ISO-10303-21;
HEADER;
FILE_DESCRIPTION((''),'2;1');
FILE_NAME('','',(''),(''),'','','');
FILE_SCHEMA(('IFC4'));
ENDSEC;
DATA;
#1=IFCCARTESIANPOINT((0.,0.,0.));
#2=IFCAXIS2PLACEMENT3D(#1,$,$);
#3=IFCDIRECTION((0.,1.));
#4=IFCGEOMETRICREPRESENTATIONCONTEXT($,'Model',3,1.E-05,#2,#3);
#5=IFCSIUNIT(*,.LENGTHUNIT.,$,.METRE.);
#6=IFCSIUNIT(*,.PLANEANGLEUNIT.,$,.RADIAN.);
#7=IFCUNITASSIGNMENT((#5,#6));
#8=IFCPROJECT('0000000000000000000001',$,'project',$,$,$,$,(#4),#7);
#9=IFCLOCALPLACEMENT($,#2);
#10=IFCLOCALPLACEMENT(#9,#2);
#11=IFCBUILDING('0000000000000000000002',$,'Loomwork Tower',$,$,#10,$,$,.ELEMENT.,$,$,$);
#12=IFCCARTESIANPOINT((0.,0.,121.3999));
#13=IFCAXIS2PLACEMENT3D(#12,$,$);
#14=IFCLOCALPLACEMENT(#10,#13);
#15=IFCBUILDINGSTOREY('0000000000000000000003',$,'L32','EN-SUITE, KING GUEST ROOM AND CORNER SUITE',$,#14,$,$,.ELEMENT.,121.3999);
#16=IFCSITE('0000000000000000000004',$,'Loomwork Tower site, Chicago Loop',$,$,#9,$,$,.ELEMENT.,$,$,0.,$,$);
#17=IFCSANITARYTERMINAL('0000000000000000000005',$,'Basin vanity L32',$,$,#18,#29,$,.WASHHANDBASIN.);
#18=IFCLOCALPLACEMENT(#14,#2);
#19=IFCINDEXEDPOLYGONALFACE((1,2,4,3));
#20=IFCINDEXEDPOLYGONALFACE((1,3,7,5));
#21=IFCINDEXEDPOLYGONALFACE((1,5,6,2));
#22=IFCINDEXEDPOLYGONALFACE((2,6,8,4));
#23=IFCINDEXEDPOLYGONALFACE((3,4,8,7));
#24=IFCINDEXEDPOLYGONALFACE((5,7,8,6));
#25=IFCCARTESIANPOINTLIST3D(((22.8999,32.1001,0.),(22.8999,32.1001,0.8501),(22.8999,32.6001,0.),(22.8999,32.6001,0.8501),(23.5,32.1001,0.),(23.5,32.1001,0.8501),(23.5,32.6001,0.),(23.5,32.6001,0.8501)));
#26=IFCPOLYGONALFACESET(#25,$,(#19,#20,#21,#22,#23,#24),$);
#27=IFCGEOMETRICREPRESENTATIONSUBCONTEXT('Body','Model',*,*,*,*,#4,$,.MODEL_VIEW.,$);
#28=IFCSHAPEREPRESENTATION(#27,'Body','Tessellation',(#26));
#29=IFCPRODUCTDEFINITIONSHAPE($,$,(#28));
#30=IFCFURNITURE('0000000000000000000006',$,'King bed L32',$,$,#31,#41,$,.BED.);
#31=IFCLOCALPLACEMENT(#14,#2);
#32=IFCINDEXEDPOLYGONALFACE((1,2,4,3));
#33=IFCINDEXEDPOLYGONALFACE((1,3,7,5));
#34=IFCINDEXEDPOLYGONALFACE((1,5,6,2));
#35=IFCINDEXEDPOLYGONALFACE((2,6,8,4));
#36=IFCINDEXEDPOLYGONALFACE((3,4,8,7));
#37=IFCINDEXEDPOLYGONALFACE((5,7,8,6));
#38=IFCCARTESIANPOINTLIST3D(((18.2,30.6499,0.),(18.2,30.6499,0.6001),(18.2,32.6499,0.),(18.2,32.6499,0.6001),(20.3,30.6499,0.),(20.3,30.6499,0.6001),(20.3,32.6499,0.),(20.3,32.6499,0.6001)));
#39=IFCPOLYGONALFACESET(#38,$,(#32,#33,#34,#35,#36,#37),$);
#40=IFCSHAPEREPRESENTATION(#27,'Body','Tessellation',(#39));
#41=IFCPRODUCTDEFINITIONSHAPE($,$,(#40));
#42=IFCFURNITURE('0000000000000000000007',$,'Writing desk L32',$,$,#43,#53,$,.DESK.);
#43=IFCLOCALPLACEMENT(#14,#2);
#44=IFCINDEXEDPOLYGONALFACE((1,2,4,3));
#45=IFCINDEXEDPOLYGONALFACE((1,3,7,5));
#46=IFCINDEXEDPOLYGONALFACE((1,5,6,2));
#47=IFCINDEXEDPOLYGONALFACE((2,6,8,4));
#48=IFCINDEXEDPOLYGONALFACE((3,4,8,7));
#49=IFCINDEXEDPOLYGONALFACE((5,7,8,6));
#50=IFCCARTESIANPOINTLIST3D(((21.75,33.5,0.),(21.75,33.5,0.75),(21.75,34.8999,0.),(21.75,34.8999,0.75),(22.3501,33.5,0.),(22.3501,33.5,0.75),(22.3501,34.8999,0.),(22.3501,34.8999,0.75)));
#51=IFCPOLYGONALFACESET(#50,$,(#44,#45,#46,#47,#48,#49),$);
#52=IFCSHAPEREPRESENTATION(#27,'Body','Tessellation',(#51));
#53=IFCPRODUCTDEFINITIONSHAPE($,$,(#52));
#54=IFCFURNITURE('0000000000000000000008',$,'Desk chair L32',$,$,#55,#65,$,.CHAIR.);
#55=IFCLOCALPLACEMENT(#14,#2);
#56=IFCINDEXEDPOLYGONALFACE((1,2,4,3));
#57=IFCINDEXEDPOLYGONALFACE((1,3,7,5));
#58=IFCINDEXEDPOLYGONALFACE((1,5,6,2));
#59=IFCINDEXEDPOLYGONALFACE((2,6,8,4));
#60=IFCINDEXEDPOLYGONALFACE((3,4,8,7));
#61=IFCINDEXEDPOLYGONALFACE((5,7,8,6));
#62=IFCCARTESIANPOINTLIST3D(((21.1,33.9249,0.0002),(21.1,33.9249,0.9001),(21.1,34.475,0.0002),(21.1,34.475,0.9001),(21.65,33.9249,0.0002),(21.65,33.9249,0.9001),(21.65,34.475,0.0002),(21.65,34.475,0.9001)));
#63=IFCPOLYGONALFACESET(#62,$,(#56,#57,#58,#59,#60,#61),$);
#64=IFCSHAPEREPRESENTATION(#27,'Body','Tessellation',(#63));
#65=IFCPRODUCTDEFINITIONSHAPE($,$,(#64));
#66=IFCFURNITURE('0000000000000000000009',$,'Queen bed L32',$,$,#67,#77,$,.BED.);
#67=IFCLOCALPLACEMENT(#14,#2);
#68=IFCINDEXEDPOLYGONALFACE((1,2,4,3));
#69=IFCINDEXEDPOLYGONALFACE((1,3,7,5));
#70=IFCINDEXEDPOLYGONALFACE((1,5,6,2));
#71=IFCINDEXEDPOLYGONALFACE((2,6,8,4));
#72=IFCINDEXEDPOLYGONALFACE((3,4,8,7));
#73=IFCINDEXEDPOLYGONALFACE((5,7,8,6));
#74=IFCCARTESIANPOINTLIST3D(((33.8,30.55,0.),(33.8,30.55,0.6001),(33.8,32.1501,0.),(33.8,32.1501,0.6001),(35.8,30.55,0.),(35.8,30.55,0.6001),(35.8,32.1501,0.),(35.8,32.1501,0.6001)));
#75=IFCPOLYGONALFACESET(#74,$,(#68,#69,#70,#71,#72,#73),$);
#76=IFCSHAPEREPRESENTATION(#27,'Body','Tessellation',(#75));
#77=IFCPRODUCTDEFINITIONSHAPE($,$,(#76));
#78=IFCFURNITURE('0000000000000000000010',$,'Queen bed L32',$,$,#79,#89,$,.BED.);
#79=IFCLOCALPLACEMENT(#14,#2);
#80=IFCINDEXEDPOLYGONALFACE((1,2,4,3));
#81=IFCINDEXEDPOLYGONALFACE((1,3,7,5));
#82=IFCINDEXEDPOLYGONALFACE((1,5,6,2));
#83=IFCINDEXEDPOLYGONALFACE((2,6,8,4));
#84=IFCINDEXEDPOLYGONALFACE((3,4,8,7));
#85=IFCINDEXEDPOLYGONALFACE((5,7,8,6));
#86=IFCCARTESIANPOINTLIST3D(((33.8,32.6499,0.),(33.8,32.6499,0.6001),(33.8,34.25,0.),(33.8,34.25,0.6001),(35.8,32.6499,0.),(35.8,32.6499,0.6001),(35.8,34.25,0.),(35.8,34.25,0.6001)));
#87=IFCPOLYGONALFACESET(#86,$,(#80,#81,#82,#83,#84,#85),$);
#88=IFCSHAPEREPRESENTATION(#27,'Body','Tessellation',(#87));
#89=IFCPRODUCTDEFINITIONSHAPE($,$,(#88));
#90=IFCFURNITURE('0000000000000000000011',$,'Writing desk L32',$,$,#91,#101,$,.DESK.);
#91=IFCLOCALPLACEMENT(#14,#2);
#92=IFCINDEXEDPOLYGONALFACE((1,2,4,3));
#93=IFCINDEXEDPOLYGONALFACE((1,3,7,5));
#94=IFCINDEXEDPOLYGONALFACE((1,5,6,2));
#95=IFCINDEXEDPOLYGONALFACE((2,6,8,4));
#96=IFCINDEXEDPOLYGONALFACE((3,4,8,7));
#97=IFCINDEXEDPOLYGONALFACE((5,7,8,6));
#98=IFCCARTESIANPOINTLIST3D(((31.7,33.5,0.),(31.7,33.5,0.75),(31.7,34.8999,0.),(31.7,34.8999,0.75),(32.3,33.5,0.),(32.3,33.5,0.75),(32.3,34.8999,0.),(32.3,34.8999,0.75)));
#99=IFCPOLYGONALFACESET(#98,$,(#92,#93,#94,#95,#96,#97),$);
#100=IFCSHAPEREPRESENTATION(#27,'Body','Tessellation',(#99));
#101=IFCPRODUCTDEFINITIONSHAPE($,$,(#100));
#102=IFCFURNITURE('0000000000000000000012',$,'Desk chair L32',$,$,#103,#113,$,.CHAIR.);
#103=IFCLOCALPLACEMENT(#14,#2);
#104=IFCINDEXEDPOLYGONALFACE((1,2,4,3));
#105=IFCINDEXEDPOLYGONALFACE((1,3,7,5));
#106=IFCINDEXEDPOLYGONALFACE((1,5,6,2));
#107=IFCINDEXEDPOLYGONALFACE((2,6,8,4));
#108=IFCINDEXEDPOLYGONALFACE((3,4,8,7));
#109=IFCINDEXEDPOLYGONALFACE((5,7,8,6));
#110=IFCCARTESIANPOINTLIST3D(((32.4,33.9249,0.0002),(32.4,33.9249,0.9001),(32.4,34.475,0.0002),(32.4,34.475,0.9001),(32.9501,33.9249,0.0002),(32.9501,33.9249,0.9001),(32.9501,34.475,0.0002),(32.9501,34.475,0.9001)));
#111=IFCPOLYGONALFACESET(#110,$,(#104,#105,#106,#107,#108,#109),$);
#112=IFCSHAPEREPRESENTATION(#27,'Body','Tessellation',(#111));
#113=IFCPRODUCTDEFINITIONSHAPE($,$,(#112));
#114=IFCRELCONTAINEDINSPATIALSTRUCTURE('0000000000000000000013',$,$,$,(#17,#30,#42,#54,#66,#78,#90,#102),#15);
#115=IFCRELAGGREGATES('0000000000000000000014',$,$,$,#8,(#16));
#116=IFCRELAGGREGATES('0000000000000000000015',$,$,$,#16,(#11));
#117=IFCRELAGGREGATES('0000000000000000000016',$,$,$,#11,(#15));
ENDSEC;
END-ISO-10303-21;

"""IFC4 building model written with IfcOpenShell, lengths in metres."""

from ifc_helpers import new_model, si_unit, direction, frame, origin, origin_2d, place, context, subcontext, project, spatial, rectangle, extrude, element, save


model = new_model("IFC4")

# Units and contexts
model_context = context("Model", 3, precision=1e-05, world=origin(), true_north=direction((0.0, 1.0)))
body_context = subcontext(model_context, "Body", "Model", "MODEL_VIEW")
ifc_project = project(units=[si_unit("LENGTHUNIT", "METRE"), si_unit("PLANEANGLEUNIT", "RADIAN")], contexts=[model_context])

# Site, building, storey
site_placement = place(None, origin())
site = spatial("IfcSite", under=ifc_project, at=site_placement, Name="Loomwork Tower site, Chicago Loop", CompositionType="ELEMENT", RefElevation=0.0)
building_placement = place(site_placement, origin())
building = spatial("IfcBuilding", under=site, at=building_placement, Name="Loomwork Tower", CompositionType="ELEMENT")
storey_placement = place(building_placement, frame((0.0, 0.0, 121.3999)))
storey = spatial("IfcBuildingStorey", under=building, at=storey_placement, Name="L32", Description="EN-SUITE, KING GUEST ROOM AND CORNER SUITE", CompositionType="ELEMENT", Elevation=121.3999)

# Sanitary terminal
sanitary_terminal_1_placement = place(storey_placement, frame((23.2, 32.3501, 0.0), z_axis=(0.0, 0.0, 1.0), x_axis=(1.0, 0.0, 0.0)))
element("IfcSanitaryTerminal", 1, at=sanitary_terminal_1_placement, inside=storey, Name="Basin vanity L32", PredefinedType="WASHHANDBASIN", context=body_context, shape_type="SweptSolid", body=[
    extrude(rectangle(XDim=0.6001, YDim=0.5, at=origin_2d()), origin(), (0.0, 0.0, 1.0), 0.8501),
])

# Furniture
furniture_1_placement = place(storey_placement, frame((19.25, 31.6499, 0.0), z_axis=(0.0, 0.0, 1.0), x_axis=(1.0, 0.0, 0.0)))
element("IfcFurniture", 2, at=furniture_1_placement, inside=storey, Name="King bed L32", PredefinedType="BED", context=body_context, shape_type="SweptSolid", body=[
    extrude(rectangle(XDim=2.1001, YDim=2.0, at=origin_2d()), origin(), (0.0, 0.0, 1.0), 0.6001),
])
furniture_2_placement = place(storey_placement, frame((22.05, 34.2, 0.0), z_axis=(0.0, 0.0, 1.0), x_axis=(1.0, 0.0, 0.0)))
element("IfcFurniture", 3, at=furniture_2_placement, inside=storey, Name="Writing desk L32", PredefinedType="DESK", context=body_context, shape_type="SweptSolid", body=[
    extrude(rectangle(XDim=0.6001, YDim=1.3999, at=origin_2d()), origin(), (0.0, 0.0, 1.0), 0.75),
])
furniture_3_placement = place(storey_placement, frame((21.375, 34.2, 0.0002), z_axis=(0.0, 0.0, 1.0), x_axis=(1.0, 0.0, 0.0)))
element("IfcFurniture", 4, at=furniture_3_placement, inside=storey, Name="Desk chair L32", PredefinedType="CHAIR", context=body_context, shape_type="SweptSolid", body=[
    extrude(rectangle(XDim=0.55, YDim=0.55, at=origin_2d()), origin(), (0.0, 0.0, 1.0), 0.8999),
])
for number, where, z_axis, x_axis, name in (
    (5, (34.8, 31.3501, 0.0), (0.0, 0.0, 1.0), (1.0, 0.0, 0.0), "Queen bed L32"),
    (6, (34.8, 33.45, 0.0), (0.0, 0.0, 1.0), (1.0, 0.0, 0.0), "Queen bed L32"),
):
    element("IfcFurniture", number, at=place(storey_placement, frame(where, z_axis=z_axis, x_axis=x_axis)), inside=storey, Name=name, PredefinedType="BED", context=body_context, shape_type="SweptSolid", body=[
        extrude(rectangle(XDim=2.0, YDim=1.6001, at=origin_2d()), origin(), (0.0, 0.0, 1.0), 0.6001),
    ])
furniture_4_placement = place(storey_placement, frame((32.0, 34.2, 0.0), z_axis=(0.0, 0.0, 1.0), x_axis=(1.0, 0.0, 0.0)))
element("IfcFurniture", 7, at=furniture_4_placement, inside=storey, Name="Writing desk L32", PredefinedType="DESK", context=body_context, shape_type="SweptSolid", body=[
    extrude(rectangle(XDim=0.6001, YDim=1.3999, at=origin_2d()), origin(), (0.0, 0.0, 1.0), 0.75),
])
furniture_5_placement = place(storey_placement, frame((32.675, 34.2, 0.0002), z_axis=(0.0, 0.0, 1.0), x_axis=(1.0, 0.0, 0.0)))
element("IfcFurniture", 8, at=furniture_5_placement, inside=storey, Name="Desk chair L32", PredefinedType="CHAIR", context=body_context, shape_type="SweptSolid", body=[
    extrude(rectangle(XDim=0.55, YDim=0.55, at=origin_2d()), origin(), (0.0, 0.0, 1.0), 0.8999),
])

save(model, "model.ifc")
